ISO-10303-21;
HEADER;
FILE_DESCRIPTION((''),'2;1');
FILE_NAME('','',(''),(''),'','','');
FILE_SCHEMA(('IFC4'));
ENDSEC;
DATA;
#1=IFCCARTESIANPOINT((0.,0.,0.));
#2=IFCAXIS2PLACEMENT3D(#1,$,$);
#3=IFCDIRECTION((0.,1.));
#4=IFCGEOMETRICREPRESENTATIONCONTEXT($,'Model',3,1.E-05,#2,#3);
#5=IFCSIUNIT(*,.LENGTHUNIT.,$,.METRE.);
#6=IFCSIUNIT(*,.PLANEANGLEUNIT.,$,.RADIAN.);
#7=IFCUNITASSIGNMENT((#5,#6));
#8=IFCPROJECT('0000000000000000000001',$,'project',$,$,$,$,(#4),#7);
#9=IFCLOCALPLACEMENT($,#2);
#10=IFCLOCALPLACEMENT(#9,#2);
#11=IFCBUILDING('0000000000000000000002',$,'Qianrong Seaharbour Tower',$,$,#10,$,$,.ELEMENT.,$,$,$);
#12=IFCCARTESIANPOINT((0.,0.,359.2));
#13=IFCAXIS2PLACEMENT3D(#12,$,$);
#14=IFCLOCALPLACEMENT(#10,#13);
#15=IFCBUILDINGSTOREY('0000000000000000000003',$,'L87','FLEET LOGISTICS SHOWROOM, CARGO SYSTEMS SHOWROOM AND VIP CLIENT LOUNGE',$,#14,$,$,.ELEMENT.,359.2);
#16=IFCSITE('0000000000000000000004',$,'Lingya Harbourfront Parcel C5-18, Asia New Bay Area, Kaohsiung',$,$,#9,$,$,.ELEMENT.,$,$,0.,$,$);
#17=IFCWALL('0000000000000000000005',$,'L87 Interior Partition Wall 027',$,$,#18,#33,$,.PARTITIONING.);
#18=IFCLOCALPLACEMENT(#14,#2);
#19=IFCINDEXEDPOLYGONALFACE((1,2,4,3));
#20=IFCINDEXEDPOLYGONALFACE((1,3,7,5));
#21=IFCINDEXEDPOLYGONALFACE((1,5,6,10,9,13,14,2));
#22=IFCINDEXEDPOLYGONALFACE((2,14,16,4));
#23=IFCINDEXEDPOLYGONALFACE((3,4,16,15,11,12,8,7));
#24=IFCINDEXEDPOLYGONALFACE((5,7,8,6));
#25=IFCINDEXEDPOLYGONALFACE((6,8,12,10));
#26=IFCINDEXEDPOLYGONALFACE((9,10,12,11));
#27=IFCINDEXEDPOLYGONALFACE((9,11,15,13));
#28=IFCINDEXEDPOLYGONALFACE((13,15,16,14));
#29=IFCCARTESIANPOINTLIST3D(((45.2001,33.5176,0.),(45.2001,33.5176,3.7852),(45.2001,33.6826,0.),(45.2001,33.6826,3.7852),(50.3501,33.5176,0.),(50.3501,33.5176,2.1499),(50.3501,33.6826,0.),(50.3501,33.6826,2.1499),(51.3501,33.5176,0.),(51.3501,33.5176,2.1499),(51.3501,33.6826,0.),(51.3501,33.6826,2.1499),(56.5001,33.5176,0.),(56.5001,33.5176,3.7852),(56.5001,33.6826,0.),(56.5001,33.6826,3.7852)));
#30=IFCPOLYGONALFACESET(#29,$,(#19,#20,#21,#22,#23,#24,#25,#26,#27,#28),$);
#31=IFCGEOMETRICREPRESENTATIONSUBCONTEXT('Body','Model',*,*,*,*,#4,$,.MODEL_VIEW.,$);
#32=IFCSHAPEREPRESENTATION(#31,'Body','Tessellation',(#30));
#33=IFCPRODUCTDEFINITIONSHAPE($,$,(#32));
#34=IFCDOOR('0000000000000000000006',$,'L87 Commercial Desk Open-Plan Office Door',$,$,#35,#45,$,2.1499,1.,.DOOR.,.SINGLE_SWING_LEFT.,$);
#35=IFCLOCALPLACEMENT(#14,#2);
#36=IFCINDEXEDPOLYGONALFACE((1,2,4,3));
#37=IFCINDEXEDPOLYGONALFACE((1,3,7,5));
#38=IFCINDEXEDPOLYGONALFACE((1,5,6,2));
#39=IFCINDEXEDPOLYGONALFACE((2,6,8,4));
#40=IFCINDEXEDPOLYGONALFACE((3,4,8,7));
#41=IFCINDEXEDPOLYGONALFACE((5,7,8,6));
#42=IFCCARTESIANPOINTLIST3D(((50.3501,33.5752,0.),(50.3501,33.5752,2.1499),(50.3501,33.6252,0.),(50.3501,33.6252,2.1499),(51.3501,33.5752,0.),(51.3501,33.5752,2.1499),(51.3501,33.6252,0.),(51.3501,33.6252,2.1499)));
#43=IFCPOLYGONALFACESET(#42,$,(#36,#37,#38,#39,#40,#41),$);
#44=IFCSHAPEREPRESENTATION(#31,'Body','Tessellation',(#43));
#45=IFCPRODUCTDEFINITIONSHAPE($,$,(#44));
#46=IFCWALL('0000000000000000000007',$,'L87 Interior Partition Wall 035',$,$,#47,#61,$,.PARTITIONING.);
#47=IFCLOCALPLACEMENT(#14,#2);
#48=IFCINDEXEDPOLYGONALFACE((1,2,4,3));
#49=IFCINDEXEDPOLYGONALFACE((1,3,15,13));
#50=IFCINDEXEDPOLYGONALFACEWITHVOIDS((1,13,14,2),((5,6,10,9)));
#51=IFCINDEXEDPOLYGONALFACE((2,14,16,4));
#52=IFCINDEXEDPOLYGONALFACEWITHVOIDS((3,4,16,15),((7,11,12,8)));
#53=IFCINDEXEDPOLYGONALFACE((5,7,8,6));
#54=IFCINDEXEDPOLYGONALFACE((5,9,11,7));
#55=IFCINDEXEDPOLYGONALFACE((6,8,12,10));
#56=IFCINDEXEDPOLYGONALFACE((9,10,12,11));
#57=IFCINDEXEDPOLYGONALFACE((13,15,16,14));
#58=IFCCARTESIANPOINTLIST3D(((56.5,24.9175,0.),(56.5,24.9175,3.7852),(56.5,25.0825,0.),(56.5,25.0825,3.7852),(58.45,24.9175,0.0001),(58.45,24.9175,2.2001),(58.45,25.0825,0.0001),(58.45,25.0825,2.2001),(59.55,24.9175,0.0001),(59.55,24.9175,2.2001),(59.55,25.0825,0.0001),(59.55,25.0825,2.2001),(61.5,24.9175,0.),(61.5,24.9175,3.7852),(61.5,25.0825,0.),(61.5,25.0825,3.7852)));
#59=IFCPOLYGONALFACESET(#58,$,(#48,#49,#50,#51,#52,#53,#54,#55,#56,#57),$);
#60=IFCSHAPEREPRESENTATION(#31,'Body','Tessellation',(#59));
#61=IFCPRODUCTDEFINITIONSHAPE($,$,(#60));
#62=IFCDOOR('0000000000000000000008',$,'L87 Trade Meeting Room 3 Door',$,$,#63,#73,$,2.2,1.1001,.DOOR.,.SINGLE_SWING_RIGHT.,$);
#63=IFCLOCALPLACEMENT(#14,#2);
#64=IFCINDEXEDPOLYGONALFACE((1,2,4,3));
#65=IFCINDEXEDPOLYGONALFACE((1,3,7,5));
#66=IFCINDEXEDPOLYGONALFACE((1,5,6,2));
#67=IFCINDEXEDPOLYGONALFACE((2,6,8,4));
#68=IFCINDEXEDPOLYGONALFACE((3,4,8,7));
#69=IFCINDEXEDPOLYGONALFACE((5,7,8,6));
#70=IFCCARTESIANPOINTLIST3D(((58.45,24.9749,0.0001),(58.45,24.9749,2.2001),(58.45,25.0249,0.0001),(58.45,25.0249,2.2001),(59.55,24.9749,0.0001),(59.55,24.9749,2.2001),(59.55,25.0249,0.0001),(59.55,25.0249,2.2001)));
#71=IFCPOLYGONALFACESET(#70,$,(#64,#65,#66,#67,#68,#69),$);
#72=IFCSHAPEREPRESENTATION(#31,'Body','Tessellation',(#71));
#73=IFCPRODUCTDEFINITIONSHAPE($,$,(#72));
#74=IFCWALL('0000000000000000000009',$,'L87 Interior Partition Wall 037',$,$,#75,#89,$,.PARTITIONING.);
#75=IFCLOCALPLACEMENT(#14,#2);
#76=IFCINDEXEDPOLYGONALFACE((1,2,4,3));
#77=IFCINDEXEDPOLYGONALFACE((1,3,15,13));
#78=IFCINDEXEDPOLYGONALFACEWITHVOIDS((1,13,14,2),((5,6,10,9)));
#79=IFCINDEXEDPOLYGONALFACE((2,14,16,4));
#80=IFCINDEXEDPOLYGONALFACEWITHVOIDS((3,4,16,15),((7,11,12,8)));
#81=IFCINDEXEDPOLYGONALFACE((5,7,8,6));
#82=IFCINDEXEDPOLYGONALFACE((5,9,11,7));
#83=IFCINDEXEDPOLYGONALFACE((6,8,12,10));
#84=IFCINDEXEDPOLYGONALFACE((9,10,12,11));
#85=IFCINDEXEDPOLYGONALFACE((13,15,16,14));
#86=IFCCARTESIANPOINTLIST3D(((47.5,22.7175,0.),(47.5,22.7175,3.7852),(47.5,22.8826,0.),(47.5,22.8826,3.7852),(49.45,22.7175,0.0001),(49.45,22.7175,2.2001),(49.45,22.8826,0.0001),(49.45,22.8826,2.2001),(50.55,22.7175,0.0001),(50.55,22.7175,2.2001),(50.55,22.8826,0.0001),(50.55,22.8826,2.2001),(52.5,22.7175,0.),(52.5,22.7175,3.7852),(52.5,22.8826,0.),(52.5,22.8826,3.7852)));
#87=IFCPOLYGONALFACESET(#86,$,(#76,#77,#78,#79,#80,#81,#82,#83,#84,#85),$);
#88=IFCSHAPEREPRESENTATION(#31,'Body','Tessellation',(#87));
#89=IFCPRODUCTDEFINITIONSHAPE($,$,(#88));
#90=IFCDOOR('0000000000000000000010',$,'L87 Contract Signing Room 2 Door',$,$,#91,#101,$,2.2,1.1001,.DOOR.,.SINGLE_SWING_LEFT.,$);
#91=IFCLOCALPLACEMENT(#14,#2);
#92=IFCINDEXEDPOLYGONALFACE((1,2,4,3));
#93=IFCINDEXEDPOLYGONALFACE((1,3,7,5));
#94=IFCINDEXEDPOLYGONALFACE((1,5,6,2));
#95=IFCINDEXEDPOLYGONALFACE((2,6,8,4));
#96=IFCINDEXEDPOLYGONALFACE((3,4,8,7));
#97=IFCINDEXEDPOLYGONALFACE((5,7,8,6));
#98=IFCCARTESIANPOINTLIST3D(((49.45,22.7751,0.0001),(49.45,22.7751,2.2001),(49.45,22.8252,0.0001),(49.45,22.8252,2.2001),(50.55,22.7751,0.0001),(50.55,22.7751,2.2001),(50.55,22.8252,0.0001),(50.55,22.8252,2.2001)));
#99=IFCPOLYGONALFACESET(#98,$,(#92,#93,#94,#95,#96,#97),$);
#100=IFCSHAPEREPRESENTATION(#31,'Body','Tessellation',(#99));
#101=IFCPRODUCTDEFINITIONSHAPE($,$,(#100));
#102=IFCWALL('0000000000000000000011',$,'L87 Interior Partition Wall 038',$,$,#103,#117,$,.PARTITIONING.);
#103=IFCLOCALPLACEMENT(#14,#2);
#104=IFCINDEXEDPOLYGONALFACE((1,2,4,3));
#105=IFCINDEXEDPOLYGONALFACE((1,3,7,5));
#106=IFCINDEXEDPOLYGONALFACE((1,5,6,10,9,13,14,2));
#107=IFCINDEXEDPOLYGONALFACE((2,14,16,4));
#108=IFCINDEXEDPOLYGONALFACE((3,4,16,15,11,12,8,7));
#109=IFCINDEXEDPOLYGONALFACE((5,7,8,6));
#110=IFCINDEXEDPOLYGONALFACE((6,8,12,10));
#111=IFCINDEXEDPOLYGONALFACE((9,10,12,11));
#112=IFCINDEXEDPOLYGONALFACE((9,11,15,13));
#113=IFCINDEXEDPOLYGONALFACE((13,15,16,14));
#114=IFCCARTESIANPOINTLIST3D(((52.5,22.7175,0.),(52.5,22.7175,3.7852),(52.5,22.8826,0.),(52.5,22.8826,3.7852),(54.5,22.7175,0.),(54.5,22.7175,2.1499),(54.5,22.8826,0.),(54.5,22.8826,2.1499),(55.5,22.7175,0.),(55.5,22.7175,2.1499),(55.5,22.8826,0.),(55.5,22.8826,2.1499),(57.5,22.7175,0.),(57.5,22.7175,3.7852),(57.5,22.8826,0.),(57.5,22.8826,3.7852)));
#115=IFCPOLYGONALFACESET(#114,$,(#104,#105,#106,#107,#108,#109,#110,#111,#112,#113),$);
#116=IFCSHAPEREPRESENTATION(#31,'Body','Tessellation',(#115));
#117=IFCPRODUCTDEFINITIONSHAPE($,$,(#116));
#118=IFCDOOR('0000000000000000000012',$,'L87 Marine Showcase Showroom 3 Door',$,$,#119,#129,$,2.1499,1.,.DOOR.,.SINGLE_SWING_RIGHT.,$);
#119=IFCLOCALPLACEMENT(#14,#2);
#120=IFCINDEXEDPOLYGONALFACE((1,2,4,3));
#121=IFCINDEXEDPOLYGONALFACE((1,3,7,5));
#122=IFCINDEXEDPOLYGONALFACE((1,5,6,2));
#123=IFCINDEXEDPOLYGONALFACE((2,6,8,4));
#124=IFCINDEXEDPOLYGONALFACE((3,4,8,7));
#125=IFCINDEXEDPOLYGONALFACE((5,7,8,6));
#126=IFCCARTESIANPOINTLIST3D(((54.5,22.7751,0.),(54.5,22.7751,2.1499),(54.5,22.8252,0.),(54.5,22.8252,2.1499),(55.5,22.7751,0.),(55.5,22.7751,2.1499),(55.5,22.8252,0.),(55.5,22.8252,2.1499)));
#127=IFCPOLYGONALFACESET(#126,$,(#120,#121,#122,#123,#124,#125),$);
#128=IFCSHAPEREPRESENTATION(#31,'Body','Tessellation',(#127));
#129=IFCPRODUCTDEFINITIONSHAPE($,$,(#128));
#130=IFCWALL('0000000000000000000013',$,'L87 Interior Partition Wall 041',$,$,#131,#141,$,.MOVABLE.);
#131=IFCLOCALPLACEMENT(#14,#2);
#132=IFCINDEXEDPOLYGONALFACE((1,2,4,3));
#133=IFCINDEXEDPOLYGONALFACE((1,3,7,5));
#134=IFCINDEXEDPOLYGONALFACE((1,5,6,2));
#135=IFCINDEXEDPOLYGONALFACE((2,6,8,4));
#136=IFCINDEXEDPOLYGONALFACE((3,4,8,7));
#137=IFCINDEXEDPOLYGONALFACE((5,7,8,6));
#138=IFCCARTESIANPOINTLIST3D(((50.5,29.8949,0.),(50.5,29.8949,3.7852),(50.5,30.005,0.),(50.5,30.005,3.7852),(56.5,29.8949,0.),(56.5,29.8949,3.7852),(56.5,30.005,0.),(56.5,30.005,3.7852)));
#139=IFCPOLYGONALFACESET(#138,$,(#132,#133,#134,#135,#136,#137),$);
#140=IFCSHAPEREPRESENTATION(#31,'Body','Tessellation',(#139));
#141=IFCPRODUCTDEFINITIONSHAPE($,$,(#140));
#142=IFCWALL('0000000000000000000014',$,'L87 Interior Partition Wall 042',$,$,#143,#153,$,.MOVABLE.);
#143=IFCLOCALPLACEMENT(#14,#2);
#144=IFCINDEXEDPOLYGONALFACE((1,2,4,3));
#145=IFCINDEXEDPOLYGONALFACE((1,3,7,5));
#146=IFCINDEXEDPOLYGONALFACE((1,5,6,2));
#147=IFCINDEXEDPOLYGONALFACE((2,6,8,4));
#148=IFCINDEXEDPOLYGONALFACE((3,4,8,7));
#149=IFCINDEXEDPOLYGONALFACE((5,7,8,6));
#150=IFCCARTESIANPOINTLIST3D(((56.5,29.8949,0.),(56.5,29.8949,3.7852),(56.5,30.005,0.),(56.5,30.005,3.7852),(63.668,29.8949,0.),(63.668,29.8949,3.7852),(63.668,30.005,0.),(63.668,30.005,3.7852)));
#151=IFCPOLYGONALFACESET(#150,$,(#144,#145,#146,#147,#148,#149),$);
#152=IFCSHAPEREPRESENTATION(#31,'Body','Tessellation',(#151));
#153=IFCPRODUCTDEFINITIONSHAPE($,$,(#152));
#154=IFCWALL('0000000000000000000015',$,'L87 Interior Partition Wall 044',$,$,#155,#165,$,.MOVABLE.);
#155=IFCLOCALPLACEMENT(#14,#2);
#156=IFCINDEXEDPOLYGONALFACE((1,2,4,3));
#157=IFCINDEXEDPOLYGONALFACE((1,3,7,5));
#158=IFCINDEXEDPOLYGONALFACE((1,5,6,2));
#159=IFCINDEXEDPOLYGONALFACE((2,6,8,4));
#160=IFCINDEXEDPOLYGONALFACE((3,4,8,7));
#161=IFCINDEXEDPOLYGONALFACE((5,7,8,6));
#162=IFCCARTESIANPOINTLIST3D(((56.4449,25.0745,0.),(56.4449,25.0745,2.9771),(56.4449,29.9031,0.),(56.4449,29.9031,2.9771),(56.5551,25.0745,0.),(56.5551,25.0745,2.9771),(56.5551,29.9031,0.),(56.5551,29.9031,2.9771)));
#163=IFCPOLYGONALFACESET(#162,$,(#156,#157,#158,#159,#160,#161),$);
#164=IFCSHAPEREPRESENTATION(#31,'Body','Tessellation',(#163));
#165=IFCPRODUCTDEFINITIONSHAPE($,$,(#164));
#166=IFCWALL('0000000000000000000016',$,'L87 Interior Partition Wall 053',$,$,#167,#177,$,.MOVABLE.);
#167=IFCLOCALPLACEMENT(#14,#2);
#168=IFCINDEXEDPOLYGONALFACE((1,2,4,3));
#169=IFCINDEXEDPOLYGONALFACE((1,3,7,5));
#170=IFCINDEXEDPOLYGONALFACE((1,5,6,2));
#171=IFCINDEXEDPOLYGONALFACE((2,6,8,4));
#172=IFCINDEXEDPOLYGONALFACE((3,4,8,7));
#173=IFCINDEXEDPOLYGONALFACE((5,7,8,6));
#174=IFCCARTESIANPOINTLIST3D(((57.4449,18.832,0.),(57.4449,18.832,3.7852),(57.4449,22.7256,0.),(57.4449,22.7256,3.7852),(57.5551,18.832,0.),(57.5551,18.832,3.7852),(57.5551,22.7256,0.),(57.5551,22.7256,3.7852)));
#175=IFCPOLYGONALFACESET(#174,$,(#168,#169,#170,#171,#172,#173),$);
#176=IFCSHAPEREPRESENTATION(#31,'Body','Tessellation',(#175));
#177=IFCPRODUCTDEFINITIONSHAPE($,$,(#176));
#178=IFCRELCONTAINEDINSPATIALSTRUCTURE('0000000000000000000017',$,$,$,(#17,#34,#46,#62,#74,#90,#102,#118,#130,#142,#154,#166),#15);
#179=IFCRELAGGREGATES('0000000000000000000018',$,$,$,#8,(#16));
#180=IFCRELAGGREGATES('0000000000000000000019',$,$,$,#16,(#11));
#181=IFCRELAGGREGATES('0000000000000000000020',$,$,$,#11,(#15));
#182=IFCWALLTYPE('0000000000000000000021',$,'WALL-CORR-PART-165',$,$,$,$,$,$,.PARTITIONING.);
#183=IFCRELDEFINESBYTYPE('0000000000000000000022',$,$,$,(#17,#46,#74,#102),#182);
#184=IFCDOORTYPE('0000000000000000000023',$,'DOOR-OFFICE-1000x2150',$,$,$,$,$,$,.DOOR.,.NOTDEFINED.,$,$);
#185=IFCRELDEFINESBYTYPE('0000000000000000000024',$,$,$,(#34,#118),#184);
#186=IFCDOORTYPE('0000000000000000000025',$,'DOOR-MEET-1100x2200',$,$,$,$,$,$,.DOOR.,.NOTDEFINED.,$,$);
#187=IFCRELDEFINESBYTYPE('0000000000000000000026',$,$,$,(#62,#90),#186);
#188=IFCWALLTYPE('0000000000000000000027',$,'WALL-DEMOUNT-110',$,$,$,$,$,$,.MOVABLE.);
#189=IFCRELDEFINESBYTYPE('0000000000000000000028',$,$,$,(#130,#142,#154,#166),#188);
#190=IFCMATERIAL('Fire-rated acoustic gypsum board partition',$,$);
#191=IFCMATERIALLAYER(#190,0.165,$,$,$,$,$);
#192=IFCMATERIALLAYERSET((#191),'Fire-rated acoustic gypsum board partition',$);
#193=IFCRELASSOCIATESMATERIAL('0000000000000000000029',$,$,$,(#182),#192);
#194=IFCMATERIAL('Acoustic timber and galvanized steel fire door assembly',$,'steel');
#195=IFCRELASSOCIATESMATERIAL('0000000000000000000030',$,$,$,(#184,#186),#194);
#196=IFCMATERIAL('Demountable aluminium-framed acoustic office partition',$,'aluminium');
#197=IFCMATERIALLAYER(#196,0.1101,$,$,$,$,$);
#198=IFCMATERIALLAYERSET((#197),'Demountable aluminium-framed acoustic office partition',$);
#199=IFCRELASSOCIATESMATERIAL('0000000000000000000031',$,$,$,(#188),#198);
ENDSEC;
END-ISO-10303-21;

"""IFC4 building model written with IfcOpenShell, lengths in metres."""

from ifc_helpers import new_model, si_unit, direction, frame, frame_2d, origin, place, context, subcontext, project, spatial, rectangle, extrude, material, layer, layer_set, type_object, element, fill, save


model = new_model("IFC4")

# Units and contexts
model_context = context("Model", 3, precision=1e-05, world=origin(), true_north=direction((0.0, 1.0)))
body_context = subcontext(model_context, "Body", "Model", "MODEL_VIEW")
ifc_project = project(units=[si_unit("LENGTHUNIT", "METRE"), si_unit("PLANEANGLEUNIT", "RADIAN")], contexts=[model_context])

# Site, building, storey
site_placement = place(None, origin())
site = spatial("IfcSite", under=ifc_project, at=site_placement, Name="Lingya Harbourfront Parcel C5-18, Asia New Bay Area, Kaohsiung", CompositionType="ELEMENT", RefElevation=0.0)
building_placement = place(site_placement, origin())
building = spatial("IfcBuilding", under=site, at=building_placement, Name="Qianrong Seaharbour Tower", CompositionType="ELEMENT")
storey_placement = place(building_placement, frame((0.0, 0.0, 359.2)))
storey = spatial("IfcBuildingStorey", under=building, at=storey_placement, Name="L87", Description="FLEET LOGISTICS SHOWROOM, CARGO SYSTEMS SHOWROOM AND VIP CLIENT LOUNGE", CompositionType="ELEMENT", Elevation=359.2)

# Shared definitions
ifc_material_1 = material(Name="Fire-rated acoustic gypsum board partition")
ifc_layer_1 = layer(ifc_material_1, 0.165)
ifc_layer_set_1 = layer_set([ifc_layer_1], Name="Fire-rated acoustic gypsum board partition")
wall_type_1 = type_object("IfcWallType", Name="WALL-CORR-PART-165", PredefinedType="PARTITIONING", material=ifc_layer_set_1)

# Walls, openings, doors
wall_1_placement = place(storey_placement, frame((56.5, 33.6001, 0.0), z_axis=(0.0, 0.0, 1.0), x_axis=(-1.0, 0.0, 0.0)))
wall_1 = element("IfcWall", 1, at=wall_1_placement, inside=storey, type_object=wall_type_1, Name="L87 Interior Partition Wall 027", PredefinedType="PARTITIONING", context=body_context, shape_type="SweptSolid", body=[
    extrude(rectangle(XDim=11.3, YDim=0.165, at=frame_2d((5.6499, 0.0))), origin(), (0.0, 0.0, 1.0), 3.7852),
])
opening_1_placement = place(wall_1_placement, frame((5.1499, 0.0, 0.0)))
opening_1 = element("IfcOpeningElement", 2, at=opening_1_placement, cuts=wall_1, PredefinedType="OPENING", context=body_context, shape_type="SweptSolid", body=[
    extrude(rectangle(XDim=1.0, YDim=2.1499, at=frame_2d((0.5, 1.075))), frame((0.0, 0.0925, 0.0), z_axis=(0.0, -1.0, 0.0), x_axis=(1.0, 0.0, 0.0)), (0.0, 0.0, 1.0), 0.1851),
])
ifc_material_2 = material(Name="Acoustic timber and galvanized steel fire door assembly", Category="steel")
door_type_1 = type_object("IfcDoorType", Name="DOOR-OFFICE-1000x2150", OperationType="NOTDEFINED", PredefinedType="DOOR", material=ifc_material_2)
door_1_placement = place(opening_1_placement, origin())
door_1 = element("IfcDoor", 3, at=door_1_placement, inside=storey, type_object=door_type_1, Name="L87 Commercial Desk Open-Plan Office Door", OperationType="SINGLE_SWING_LEFT", OverallHeight=2.1499, OverallWidth=1.0, PredefinedType="DOOR", context=body_context, shape_type="SweptSolid", body=[
    extrude(rectangle(XDim=1.0, YDim=2.1499, at=frame_2d((0.5, 1.075))), frame((0.0, 0.0249, 0.0), z_axis=(0.0, -1.0, 0.0), x_axis=(1.0, 0.0, 0.0)), (0.0, 0.0, 1.0), 0.05),
])
fill(opening_1, door_1)
wall_2_placement = place(storey_placement, frame((56.5, 25.0, 0.0), z_axis=(0.0, 0.0, 1.0), x_axis=(1.0, 0.0, 0.0)))
wall_2 = element("IfcWall", 4, at=wall_2_placement, inside=storey, type_object=wall_type_1, Name="L87 Interior Partition Wall 035", PredefinedType="PARTITIONING", context=body_context, shape_type="SweptSolid", body=[
    extrude(rectangle(XDim=5.0, YDim=0.165, at=frame_2d((2.5, 0.0))), origin(), (0.0, 0.0, 1.0), 3.7852),
])
opening_2_placement = place(wall_2_placement, frame((1.95, 0.0, 0.0)))
opening_2 = element("IfcOpeningElement", 5, at=opening_2_placement, cuts=wall_2, PredefinedType="OPENING", context=body_context, shape_type="SweptSolid", body=[
    extrude(rectangle(XDim=1.1001, YDim=2.2, at=frame_2d((0.55, 1.1001))), frame((0.0, 0.0925, 0.0), z_axis=(0.0, -1.0, 0.0), x_axis=(1.0, 0.0, 0.0)), (0.0, 0.0, 1.0), 0.1851),
])
door_type_2 = type_object("IfcDoorType", Name="DOOR-MEET-1100x2200", OperationType="NOTDEFINED", PredefinedType="DOOR", material=ifc_material_2)
door_2_placement = place(opening_2_placement, origin())
door_2 = element("IfcDoor", 6, at=door_2_placement, inside=storey, type_object=door_type_2, Name="L87 Trade Meeting Room 3 Door", OperationType="SINGLE_SWING_RIGHT", OverallHeight=2.2, OverallWidth=1.1001, PredefinedType="DOOR", context=body_context, shape_type="SweptSolid", body=[
    extrude(rectangle(XDim=1.1001, YDim=2.2, at=frame_2d((0.55, 1.1001))), frame((0.0, 0.0249, 0.0), z_axis=(0.0, -1.0, 0.0), x_axis=(1.0, 0.0, 0.0)), (0.0, 0.0, 1.0), 0.05),
])
fill(opening_2, door_2)
wall_3_placement = place(storey_placement, frame((52.5, 22.8, 0.0), z_axis=(0.0, 0.0, 1.0), x_axis=(-1.0, 0.0, 0.0)))
wall_3 = element("IfcWall", 7, at=wall_3_placement, inside=storey, type_object=wall_type_1, Name="L87 Interior Partition Wall 037", PredefinedType="PARTITIONING", context=body_context, shape_type="SweptSolid", body=[
    extrude(rectangle(XDim=5.0, YDim=0.165, at=frame_2d((2.5, 0.0))), origin(), (0.0, 0.0, 1.0), 3.7852),
])
opening_3_placement = place(wall_3_placement, frame((1.95, 0.0, 0.0)))
opening_3 = element("IfcOpeningElement", 8, at=opening_3_placement, cuts=wall_3, PredefinedType="OPENING", context=body_context, shape_type="SweptSolid", body=[
    extrude(rectangle(XDim=1.1001, YDim=2.2, at=frame_2d((0.55, 1.1001))), frame((0.0, 0.0925, 0.0), z_axis=(0.0, -1.0, 0.0), x_axis=(1.0, 0.0, 0.0)), (0.0, 0.0, 1.0), 0.1851),
])
door_3_placement = place(opening_3_placement, origin())
door_3 = element("IfcDoor", 9, at=door_3_placement, inside=storey, type_object=door_type_2, Name="L87 Contract Signing Room 2 Door", OperationType="SINGLE_SWING_LEFT", OverallHeight=2.2, OverallWidth=1.1001, PredefinedType="DOOR", context=body_context, shape_type="SweptSolid", body=[
    extrude(rectangle(XDim=1.1001, YDim=2.2, at=frame_2d((0.55, 1.1001))), frame((0.0, 0.0249, 0.0), z_axis=(0.0, -1.0, 0.0), x_axis=(1.0, 0.0, 0.0)), (0.0, 0.0, 1.0), 0.05),
])
fill(opening_3, door_3)
wall_4_placement = place(storey_placement, frame((57.5, 22.8, 0.0), z_axis=(0.0, 0.0, 1.0), x_axis=(-1.0, 0.0, 0.0)))
wall_4 = element("IfcWall", 10, at=wall_4_placement, inside=storey, type_object=wall_type_1, Name="L87 Interior Partition Wall 038", PredefinedType="PARTITIONING", context=body_context, shape_type="SweptSolid", body=[
    extrude(rectangle(XDim=5.0, YDim=0.165, at=frame_2d((2.5, 0.0))), origin(), (0.0, 0.0, 1.0), 3.7852),
])
opening_4_placement = place(wall_4_placement, frame((2.0, 0.0, 0.0)))
opening_4 = element("IfcOpeningElement", 11, at=opening_4_placement, cuts=wall_4, PredefinedType="OPENING", context=body_context, shape_type="SweptSolid", body=[
    extrude(rectangle(XDim=1.0, YDim=2.1499, at=frame_2d((0.5, 1.075))), frame((0.0, 0.0925, 0.0), z_axis=(0.0, -1.0, 0.0), x_axis=(1.0, 0.0, 0.0)), (0.0, 0.0, 1.0), 0.1851),
])
door_4_placement = place(opening_4_placement, origin())
door_4 = element("IfcDoor", 12, at=door_4_placement, inside=storey, type_object=door_type_1, Name="L87 Marine Showcase Showroom 3 Door", OperationType="SINGLE_SWING_RIGHT", OverallHeight=2.1499, OverallWidth=1.0, PredefinedType="DOOR", context=body_context, shape_type="SweptSolid", body=[
    extrude(rectangle(XDim=1.0, YDim=2.1499, at=frame_2d((0.5, 1.075))), frame((0.0, 0.0249, 0.0), z_axis=(0.0, -1.0, 0.0), x_axis=(1.0, 0.0, 0.0)), (0.0, 0.0, 1.0), 0.05),
])
fill(opening_4, door_4)

# Walls
ifc_material_3 = material(Name="Demountable aluminium-framed acoustic office partition", Category="aluminium")
ifc_layer_2 = layer(ifc_material_3, 0.1101)
ifc_layer_set_2 = layer_set([ifc_layer_2], Name="Demountable aluminium-framed acoustic office partition")
wall_type_2 = type_object("IfcWallType", Name="WALL-DEMOUNT-110", PredefinedType="MOVABLE", material=ifc_layer_set_2)
wall_5_placement = place(storey_placement, frame((56.5, 29.95, 0.0), z_axis=(0.0, 0.0, 1.0), x_axis=(-1.0, 0.0, 0.0)))
element("IfcWall", 13, at=wall_5_placement, inside=storey, type_object=wall_type_2, Name="L87 Interior Partition Wall 041", PredefinedType="MOVABLE", context=body_context, shape_type="SweptSolid", body=[
    extrude(rectangle(XDim=6.0, YDim=0.1101, at=frame_2d((3.0, 0.0))), origin(), (0.0, 0.0, 1.0), 3.7852),
])
wall_6_placement = place(storey_placement, frame((63.668, 29.95, 0.0), z_axis=(0.0, 0.0, 1.0), x_axis=(-1.0, 0.0, 0.0)))
element("IfcWall", 14, at=wall_6_placement, inside=storey, type_object=wall_type_2, Name="L87 Interior Partition Wall 042", PredefinedType="MOVABLE", context=body_context, shape_type="SweptSolid", body=[
    extrude(rectangle(XDim=7.168, YDim=0.1101, at=frame_2d((3.584, 0.0))), origin(), (0.0, 0.0, 1.0), 3.7852),
])
wall_7_placement = place(storey_placement, frame((56.5, 29.9031, 0.0), z_axis=(0.0, 0.0, 1.0), x_axis=(0.0, -1.0, 0.0)))
element("IfcWall", 15, at=wall_7_placement, inside=storey, type_object=wall_type_2, Name="L87 Interior Partition Wall 044", PredefinedType="MOVABLE", context=body_context, shape_type="SweptSolid", body=[
    extrude(rectangle(XDim=4.8286, YDim=0.1101, at=frame_2d((2.4143, 0.0))), origin(), (0.0, 0.0, 1.0), 2.9771),
])
wall_8_placement = place(storey_placement, frame((57.5, 22.7256, 0.0), z_axis=(0.0, 0.0, 1.0), x_axis=(0.0, -1.0, 0.0)))
element("IfcWall", 16, at=wall_8_placement, inside=storey, type_object=wall_type_2, Name="L87 Interior Partition Wall 053", PredefinedType="MOVABLE", context=body_context, shape_type="SweptSolid", body=[
    extrude(rectangle(XDim=3.8936, YDim=0.1101, at=frame_2d((1.9468, 0.0))), origin(), (0.0, 0.0, 1.0), 3.7852),
])

save(model, "model.ifc")
